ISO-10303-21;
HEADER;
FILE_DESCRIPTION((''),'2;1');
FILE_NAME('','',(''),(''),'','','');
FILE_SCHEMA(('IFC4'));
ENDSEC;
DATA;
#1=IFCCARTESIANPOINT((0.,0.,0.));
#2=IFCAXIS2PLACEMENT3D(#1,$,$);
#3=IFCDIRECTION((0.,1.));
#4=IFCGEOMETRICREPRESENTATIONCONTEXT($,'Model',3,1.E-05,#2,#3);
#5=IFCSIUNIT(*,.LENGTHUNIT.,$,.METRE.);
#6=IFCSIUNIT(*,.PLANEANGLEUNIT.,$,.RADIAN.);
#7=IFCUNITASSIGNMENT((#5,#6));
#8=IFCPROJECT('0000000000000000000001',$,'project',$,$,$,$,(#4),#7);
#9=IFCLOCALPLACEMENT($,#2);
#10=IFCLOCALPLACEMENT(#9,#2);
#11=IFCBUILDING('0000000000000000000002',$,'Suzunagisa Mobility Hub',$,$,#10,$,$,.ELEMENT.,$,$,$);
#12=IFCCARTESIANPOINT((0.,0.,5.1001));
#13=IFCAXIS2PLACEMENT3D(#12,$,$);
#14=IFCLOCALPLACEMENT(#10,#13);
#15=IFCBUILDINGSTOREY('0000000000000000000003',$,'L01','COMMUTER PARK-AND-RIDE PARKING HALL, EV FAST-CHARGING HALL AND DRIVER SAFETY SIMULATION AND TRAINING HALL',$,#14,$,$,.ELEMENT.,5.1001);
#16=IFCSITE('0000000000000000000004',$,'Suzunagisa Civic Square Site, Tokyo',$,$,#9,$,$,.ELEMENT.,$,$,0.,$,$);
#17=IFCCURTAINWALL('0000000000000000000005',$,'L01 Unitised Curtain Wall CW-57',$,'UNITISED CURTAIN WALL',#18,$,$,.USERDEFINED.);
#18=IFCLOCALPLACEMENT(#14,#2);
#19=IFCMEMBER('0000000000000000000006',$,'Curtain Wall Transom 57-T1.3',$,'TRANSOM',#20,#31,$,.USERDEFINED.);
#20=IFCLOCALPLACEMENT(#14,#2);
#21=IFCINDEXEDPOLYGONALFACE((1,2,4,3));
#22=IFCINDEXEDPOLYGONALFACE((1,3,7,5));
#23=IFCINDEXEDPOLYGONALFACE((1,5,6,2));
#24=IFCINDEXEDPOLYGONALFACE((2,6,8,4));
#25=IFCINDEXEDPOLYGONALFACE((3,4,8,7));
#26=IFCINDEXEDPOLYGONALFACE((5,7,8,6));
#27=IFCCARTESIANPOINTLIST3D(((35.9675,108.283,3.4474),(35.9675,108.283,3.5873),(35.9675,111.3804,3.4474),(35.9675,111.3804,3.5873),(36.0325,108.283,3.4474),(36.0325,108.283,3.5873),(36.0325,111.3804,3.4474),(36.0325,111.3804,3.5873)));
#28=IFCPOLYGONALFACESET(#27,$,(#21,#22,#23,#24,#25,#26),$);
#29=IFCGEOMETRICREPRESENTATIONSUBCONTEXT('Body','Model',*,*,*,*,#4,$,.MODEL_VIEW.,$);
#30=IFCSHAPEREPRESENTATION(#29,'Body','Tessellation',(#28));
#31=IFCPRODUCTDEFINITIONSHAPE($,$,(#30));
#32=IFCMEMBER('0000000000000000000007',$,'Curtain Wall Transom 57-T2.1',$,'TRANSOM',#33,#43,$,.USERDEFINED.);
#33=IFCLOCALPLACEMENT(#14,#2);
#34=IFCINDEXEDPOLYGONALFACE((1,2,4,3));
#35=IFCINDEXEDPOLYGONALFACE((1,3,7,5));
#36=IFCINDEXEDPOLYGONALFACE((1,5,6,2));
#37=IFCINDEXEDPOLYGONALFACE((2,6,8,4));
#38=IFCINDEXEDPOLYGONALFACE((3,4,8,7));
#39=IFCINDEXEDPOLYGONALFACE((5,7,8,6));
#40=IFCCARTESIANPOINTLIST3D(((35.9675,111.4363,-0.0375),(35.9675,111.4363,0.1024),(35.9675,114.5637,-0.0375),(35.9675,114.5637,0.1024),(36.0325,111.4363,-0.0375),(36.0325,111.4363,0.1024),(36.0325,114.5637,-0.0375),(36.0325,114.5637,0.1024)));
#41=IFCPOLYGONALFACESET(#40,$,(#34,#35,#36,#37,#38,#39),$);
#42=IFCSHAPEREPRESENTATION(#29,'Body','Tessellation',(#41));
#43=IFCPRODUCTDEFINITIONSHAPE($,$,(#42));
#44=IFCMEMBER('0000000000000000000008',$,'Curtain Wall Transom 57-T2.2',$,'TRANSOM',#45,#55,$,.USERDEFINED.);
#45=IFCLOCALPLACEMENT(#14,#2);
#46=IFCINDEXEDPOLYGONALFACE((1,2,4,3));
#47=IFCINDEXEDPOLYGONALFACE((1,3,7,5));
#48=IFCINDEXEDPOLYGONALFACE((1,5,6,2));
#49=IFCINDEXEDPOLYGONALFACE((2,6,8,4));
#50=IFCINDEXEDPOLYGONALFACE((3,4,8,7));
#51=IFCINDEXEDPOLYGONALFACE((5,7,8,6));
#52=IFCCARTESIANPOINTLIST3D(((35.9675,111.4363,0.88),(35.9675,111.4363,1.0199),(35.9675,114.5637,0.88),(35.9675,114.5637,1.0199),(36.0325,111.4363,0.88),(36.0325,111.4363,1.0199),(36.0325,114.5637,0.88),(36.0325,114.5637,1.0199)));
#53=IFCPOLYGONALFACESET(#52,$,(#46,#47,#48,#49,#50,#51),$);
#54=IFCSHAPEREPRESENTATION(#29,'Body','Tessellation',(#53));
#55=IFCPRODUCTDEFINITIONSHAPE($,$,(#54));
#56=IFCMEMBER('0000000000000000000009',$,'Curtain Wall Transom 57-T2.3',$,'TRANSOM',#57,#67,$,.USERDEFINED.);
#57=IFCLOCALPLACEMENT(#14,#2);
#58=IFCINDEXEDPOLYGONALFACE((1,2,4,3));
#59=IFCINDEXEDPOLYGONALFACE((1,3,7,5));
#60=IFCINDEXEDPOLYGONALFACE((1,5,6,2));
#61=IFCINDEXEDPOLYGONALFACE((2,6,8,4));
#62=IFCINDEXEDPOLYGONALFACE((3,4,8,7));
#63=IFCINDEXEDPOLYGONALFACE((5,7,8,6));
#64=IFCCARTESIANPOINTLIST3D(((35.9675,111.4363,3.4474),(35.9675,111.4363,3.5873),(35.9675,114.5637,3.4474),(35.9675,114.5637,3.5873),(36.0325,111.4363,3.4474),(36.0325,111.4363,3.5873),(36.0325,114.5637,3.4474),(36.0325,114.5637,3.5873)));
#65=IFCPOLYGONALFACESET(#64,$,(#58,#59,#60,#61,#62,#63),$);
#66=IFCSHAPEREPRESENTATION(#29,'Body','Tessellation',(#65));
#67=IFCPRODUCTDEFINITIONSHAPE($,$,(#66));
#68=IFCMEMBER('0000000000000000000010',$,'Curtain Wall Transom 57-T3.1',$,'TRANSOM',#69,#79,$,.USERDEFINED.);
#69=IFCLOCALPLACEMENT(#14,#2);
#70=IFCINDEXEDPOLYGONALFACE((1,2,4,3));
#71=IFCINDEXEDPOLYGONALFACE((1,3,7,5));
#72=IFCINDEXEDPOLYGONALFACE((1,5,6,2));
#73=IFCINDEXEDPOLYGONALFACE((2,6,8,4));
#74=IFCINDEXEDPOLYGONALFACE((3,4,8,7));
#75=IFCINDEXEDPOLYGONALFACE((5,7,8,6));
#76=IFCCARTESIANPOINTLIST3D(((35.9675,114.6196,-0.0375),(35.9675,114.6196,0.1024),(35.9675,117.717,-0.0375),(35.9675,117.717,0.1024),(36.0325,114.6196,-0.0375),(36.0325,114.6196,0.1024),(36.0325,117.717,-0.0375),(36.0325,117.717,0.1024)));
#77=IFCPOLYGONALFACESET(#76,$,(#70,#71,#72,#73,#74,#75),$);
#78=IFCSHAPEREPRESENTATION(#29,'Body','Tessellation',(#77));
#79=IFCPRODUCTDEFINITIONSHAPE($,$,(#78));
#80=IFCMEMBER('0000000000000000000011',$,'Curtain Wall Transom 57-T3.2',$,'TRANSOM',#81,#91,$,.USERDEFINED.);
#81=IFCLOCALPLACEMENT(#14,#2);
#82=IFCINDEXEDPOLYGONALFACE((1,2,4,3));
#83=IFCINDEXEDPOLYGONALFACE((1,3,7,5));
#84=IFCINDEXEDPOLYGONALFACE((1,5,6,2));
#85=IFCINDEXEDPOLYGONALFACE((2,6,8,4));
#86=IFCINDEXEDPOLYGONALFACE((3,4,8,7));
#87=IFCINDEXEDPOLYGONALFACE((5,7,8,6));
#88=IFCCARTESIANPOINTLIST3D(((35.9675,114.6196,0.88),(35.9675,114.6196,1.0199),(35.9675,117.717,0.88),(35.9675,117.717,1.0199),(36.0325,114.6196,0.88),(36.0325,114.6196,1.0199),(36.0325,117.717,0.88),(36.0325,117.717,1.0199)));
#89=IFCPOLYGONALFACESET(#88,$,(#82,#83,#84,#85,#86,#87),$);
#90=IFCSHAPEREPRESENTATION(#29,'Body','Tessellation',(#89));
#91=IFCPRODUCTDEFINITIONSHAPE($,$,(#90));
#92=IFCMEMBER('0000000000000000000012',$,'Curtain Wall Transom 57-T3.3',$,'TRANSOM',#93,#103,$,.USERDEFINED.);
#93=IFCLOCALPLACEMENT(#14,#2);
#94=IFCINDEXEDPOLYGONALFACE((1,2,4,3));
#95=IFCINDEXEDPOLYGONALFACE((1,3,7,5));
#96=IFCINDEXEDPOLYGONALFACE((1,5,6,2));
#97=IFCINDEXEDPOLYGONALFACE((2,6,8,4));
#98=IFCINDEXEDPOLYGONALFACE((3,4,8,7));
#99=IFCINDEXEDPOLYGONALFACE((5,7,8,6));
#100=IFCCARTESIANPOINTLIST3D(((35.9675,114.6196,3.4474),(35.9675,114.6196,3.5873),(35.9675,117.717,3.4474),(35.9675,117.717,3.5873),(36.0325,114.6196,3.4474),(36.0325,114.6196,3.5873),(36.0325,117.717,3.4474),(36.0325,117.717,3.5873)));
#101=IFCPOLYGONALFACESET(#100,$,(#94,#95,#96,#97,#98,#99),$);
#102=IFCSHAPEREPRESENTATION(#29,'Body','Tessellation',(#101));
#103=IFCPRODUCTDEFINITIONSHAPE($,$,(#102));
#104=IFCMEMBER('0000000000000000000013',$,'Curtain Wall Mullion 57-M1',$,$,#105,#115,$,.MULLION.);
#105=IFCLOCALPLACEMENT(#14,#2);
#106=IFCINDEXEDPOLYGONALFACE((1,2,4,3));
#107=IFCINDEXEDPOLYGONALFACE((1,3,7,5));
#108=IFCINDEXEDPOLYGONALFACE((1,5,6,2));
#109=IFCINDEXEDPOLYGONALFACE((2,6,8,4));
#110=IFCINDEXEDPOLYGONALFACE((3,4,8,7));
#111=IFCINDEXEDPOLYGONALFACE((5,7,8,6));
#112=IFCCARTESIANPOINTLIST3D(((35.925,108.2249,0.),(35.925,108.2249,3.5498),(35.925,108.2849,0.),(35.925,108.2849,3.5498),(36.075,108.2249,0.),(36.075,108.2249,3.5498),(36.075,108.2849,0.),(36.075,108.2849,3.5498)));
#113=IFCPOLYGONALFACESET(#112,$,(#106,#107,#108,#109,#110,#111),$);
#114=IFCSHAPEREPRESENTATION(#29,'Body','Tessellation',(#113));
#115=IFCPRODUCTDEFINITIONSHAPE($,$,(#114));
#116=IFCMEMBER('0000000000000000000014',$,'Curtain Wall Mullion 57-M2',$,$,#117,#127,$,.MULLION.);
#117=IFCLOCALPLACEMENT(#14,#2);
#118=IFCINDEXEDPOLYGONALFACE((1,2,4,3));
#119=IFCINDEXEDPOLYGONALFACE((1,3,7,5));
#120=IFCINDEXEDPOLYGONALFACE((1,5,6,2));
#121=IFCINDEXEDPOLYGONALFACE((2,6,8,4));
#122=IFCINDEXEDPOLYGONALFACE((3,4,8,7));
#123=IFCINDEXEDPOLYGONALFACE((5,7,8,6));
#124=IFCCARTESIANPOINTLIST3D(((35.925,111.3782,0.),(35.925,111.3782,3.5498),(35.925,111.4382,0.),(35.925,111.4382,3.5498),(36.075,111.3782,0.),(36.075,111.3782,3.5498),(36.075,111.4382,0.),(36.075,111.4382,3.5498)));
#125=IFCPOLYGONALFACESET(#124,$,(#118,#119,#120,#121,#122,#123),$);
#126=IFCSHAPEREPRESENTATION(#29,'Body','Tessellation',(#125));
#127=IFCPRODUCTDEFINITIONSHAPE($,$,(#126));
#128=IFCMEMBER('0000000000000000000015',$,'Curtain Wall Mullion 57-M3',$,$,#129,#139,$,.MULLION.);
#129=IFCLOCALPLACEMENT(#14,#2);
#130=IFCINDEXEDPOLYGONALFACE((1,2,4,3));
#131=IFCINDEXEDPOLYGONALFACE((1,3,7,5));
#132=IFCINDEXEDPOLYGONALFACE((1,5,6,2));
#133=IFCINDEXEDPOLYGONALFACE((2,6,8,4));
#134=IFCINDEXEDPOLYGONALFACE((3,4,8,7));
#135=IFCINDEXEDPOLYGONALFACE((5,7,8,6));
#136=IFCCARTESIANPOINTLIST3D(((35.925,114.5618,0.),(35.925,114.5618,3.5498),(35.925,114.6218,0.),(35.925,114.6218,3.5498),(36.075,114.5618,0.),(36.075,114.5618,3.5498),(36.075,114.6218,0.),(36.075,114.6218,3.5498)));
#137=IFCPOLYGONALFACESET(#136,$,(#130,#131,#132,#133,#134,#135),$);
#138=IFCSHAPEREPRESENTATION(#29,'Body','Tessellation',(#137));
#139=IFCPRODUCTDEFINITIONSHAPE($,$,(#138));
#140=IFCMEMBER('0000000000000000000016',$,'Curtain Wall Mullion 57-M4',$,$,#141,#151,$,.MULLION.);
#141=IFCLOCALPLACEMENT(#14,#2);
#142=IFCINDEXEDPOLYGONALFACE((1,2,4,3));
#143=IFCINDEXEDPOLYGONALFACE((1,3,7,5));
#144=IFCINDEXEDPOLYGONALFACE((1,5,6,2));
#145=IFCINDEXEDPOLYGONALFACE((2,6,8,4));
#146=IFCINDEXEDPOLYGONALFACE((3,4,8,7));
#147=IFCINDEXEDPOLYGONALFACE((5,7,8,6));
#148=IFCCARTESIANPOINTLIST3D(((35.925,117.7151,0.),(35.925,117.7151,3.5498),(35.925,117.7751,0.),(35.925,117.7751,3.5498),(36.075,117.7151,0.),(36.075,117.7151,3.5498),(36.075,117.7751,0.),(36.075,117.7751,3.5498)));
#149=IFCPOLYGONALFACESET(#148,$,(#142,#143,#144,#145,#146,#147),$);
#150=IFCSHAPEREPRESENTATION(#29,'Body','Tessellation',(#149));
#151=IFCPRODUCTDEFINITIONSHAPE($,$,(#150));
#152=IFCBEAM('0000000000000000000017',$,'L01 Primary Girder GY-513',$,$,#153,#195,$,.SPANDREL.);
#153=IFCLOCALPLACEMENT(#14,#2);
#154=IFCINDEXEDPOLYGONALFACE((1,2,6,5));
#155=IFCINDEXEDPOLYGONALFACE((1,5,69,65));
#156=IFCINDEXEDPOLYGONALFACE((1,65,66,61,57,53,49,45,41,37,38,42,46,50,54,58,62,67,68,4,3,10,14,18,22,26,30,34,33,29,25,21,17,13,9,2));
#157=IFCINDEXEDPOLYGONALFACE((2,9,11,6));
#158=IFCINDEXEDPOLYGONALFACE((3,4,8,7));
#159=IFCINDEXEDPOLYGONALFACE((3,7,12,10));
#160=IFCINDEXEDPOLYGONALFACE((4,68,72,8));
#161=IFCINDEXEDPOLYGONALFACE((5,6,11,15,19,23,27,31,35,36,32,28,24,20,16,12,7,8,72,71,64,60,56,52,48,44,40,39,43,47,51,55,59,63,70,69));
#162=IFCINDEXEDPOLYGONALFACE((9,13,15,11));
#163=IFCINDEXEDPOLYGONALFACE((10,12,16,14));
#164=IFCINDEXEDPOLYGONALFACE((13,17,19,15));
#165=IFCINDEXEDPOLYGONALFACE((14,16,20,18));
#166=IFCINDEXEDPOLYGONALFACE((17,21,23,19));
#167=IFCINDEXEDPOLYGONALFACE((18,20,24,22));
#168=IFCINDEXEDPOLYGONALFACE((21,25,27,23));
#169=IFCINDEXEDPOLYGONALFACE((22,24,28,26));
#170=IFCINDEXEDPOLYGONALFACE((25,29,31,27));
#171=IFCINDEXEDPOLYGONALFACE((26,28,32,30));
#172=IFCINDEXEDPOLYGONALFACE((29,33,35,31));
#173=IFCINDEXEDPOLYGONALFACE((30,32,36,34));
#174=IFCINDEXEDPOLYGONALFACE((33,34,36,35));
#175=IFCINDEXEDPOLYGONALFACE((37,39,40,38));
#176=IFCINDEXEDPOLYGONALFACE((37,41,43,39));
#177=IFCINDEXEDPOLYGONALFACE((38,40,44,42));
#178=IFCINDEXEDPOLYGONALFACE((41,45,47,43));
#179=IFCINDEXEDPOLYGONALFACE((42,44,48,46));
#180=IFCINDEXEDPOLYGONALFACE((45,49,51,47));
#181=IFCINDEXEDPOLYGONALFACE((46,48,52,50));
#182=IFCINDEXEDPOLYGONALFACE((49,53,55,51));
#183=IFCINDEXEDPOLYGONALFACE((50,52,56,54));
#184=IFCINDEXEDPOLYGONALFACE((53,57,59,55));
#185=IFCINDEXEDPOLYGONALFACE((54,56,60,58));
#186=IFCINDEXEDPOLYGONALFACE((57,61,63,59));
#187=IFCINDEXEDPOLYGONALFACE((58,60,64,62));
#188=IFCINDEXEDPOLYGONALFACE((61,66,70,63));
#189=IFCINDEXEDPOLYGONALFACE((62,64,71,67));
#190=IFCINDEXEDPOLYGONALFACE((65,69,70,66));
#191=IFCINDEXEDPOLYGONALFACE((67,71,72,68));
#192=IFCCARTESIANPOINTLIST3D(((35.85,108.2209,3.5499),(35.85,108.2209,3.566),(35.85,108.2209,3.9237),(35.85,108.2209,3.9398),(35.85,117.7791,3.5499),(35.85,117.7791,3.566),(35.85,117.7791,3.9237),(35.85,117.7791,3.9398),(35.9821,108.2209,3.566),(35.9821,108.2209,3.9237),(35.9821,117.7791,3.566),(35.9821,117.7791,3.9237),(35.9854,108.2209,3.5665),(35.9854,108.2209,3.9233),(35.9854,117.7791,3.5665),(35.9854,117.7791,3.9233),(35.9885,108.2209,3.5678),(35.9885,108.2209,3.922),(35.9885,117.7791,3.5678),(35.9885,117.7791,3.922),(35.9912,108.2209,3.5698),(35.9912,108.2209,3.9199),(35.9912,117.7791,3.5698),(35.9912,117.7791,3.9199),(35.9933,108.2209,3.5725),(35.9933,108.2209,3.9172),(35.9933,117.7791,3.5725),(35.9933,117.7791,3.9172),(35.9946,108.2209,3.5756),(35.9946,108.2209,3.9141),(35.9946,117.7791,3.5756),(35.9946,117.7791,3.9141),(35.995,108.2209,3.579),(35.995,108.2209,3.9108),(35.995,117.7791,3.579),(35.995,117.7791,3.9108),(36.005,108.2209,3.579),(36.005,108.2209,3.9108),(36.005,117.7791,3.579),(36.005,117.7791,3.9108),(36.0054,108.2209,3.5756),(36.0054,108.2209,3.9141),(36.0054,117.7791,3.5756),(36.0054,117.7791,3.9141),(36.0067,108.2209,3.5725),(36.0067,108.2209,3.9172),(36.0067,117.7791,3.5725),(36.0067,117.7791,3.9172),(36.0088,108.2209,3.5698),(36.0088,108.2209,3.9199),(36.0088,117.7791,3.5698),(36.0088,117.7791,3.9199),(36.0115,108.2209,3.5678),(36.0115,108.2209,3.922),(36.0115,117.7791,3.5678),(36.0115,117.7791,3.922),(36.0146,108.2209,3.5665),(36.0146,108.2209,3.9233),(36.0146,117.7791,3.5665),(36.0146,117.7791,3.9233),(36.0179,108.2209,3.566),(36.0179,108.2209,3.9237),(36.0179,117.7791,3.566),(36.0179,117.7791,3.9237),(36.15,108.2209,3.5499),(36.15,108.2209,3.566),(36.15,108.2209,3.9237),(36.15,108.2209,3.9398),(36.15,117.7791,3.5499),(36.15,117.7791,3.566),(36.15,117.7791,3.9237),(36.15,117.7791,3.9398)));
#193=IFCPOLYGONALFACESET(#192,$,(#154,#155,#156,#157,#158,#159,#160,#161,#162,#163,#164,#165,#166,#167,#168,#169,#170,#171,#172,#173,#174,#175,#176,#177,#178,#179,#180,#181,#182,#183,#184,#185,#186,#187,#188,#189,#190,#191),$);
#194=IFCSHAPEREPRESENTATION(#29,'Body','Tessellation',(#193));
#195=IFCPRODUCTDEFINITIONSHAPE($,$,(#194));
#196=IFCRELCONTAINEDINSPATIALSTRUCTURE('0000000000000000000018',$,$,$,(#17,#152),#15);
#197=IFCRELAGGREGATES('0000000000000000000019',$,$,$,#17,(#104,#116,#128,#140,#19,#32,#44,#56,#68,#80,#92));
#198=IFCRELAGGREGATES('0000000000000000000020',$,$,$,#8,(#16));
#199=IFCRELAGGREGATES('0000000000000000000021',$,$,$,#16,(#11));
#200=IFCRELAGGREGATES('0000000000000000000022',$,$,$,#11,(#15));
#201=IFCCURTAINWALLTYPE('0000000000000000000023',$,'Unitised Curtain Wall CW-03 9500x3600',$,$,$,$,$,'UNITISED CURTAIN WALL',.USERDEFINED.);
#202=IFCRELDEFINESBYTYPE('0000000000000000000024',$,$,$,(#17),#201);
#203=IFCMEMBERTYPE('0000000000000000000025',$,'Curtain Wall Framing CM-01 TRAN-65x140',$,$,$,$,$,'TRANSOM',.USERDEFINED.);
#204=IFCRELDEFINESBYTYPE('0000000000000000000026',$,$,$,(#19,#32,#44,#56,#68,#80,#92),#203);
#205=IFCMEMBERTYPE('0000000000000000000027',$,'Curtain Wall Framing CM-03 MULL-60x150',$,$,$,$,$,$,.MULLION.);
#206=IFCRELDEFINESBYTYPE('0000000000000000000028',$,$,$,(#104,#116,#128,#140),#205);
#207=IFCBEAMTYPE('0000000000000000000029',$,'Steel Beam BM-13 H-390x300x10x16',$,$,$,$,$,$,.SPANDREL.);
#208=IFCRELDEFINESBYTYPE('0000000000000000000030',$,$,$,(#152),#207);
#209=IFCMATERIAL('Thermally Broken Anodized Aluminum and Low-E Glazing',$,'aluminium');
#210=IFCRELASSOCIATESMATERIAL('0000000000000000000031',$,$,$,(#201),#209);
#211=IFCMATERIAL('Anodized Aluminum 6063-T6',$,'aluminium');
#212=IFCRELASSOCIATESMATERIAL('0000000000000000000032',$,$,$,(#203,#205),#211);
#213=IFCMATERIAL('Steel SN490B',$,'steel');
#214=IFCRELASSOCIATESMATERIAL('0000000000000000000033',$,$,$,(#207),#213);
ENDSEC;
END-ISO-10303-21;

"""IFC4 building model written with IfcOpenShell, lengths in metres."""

from ifc_helpers import new_model, si_unit, direction, frame, origin, origin_2d, place, context, subcontext, project, spatial, rectangle, i_section, extrude, material, material_profile, profile_set, type_object, element, aggregate, save


model = new_model("IFC4")

# Units and contexts
model_context = context("Model", 3, precision=1e-05, world=origin(), true_north=direction((0.0, 1.0)))
body_context = subcontext(model_context, "Body", "Model", "MODEL_VIEW")
ifc_project = project(units=[si_unit("LENGTHUNIT", "METRE"), si_unit("PLANEANGLEUNIT", "RADIAN")], contexts=[model_context])

# Site, building, storey
site_placement = place(None, origin())
site = spatial("IfcSite", under=ifc_project, at=site_placement, Name="Suzunagisa Civic Square Site, Tokyo", CompositionType="ELEMENT", RefElevation=0.0)
building_placement = place(site_placement, origin())
building = spatial("IfcBuilding", under=site, at=building_placement, Name="Suzunagisa Mobility Hub", CompositionType="ELEMENT")
storey_placement = place(building_placement, frame((0.0, 0.0, 5.1001)))
storey = spatial("IfcBuildingStorey", under=building, at=storey_placement, Name="L01", Description="COMMUTER PARK-AND-RIDE PARKING HALL, EV FAST-CHARGING HALL AND DRIVER SAFETY SIMULATION AND TRAINING HALL", CompositionType="ELEMENT", Elevation=5.1001)

# Shared definitions
ifc_material_1 = material(Name="Steel SN490B", Category="steel")

# Curtain wall, members
ifc_material_2 = material(Name="Thermally Broken Anodized Aluminum and Low-E Glazing", Category="aluminium")
curtain_wall_type = type_object("IfcCurtainWallType", Name="Unitised Curtain Wall CW-03 9500x3600", ElementType="UNITISED CURTAIN WALL", PredefinedType="USERDEFINED", material=ifc_material_2)
curtain_wall_placement = place(storey_placement, origin())
curtain_wall = element("IfcCurtainWall", 1, at=curtain_wall_placement, inside=storey, type_object=curtain_wall_type, Name="L01 Unitised Curtain Wall CW-57", ObjectType="UNITISED CURTAIN WALL", PredefinedType="USERDEFINED")
ifc_material_3 = material(Name="Anodized Aluminum 6063-T6", Category="aluminium")
ifc_material_profile_1 = material_profile(ifc_material_3, rectangle(XDim=0.0649, YDim=0.1399, at=origin_2d()), Name="TRAN-65x140")
ifc_profile_set_1 = profile_set([ifc_material_profile_1], Name="Anodized Aluminum 6063-T6")
member_type_1 = type_object("IfcMemberType", Name="Curtain Wall Framing CM-01 TRAN-65x140", ElementType="TRANSOM", PredefinedType="USERDEFINED", material=ifc_profile_set_1)
member_1_placement = place(storey_placement, frame((36.0, 108.283, 3.5173), z_axis=(0.0, 1.0, 0.0), x_axis=(-1.0, 0.0, 0.0)))
member_1 = element("IfcMember", 2, at=member_1_placement, type_object=member_type_1, Name="Curtain Wall Transom 57-T1.3", ObjectType="TRANSOM", PredefinedType="USERDEFINED", context=body_context, shape_type="SweptSolid", body=[
    extrude(rectangle(XDim=0.0649, YDim=0.1399, at=origin_2d()), origin(), (0.0, 0.0, 1.0), 3.0974),
])
member_2_placement = place(storey_placement, frame((36.0, 111.4363, 0.0325), z_axis=(0.0, 1.0, 0.0), x_axis=(-1.0, 0.0, 0.0)))
member_2 = element("IfcMember", 3, at=member_2_placement, type_object=member_type_1, Name="Curtain Wall Transom 57-T2.1", ObjectType="TRANSOM", PredefinedType="USERDEFINED", context=body_context, shape_type="SweptSolid", body=[
    extrude(rectangle(XDim=0.0649, YDim=0.1399, at=origin_2d()), origin(), (0.0, 0.0, 1.0), 3.1274),
])
member_3_placement = place(storey_placement, frame((36.0, 111.4363, 0.95), z_axis=(0.0, 1.0, 0.0), x_axis=(-1.0, 0.0, 0.0)))
member_3 = element("IfcMember", 4, at=member_3_placement, type_object=member_type_1, Name="Curtain Wall Transom 57-T2.2", ObjectType="TRANSOM", PredefinedType="USERDEFINED", context=body_context, shape_type="SweptSolid", body=[
    extrude(rectangle(XDim=0.0649, YDim=0.1399, at=origin_2d()), origin(), (0.0, 0.0, 1.0), 3.1274),
])
member_4_placement = place(storey_placement, frame((36.0, 111.4363, 3.5173), z_axis=(0.0, 1.0, 0.0), x_axis=(-1.0, 0.0, 0.0)))
member_4 = element("IfcMember", 5, at=member_4_placement, type_object=member_type_1, Name="Curtain Wall Transom 57-T2.3", ObjectType="TRANSOM", PredefinedType="USERDEFINED", context=body_context, shape_type="SweptSolid", body=[
    extrude(rectangle(XDim=0.0649, YDim=0.1399, at=origin_2d()), origin(), (0.0, 0.0, 1.0), 3.1274),
])
member_5_placement = place(storey_placement, frame((36.0, 114.6196, 0.0325), z_axis=(0.0, 1.0, 0.0), x_axis=(-1.0, 0.0, 0.0)))
member_5 = element("IfcMember", 6, at=member_5_placement, type_object=member_type_1, Name="Curtain Wall Transom 57-T3.1", ObjectType="TRANSOM", PredefinedType="USERDEFINED", context=body_context, shape_type="SweptSolid", body=[
    extrude(rectangle(XDim=0.0649, YDim=0.1399, at=origin_2d()), origin(), (0.0, 0.0, 1.0), 3.0974),
])
member_6_placement = place(storey_placement, frame((36.0, 114.6196, 0.95), z_axis=(0.0, 1.0, 0.0), x_axis=(-1.0, 0.0, 0.0)))
member_6 = element("IfcMember", 7, at=member_6_placement, type_object=member_type_1, Name="Curtain Wall Transom 57-T3.2", ObjectType="TRANSOM", PredefinedType="USERDEFINED", context=body_context, shape_type="SweptSolid", body=[
    extrude(rectangle(XDim=0.0649, YDim=0.1399, at=origin_2d()), origin(), (0.0, 0.0, 1.0), 3.0974),
])
member_7_placement = place(storey_placement, frame((36.0, 114.6196, 3.5173), z_axis=(0.0, 1.0, 0.0), x_axis=(-1.0, 0.0, 0.0)))
member_7 = element("IfcMember", 8, at=member_7_placement, type_object=member_type_1, Name="Curtain Wall Transom 57-T3.3", ObjectType="TRANSOM", PredefinedType="USERDEFINED", context=body_context, shape_type="SweptSolid", body=[
    extrude(rectangle(XDim=0.0649, YDim=0.1399, at=origin_2d()), origin(), (0.0, 0.0, 1.0), 3.0974),
])
ifc_material_profile_2 = material_profile(ifc_material_3, rectangle(XDim=0.0601, YDim=0.1499, at=origin_2d()), Name="MULL-60x150")
ifc_profile_set_2 = profile_set([ifc_material_profile_2], Name="Anodized Aluminum 6063-T6")
member_type_2 = type_object("IfcMemberType", Name="Curtain Wall Framing CM-03 MULL-60x150", PredefinedType="MULLION", material=ifc_profile_set_2)
member_8_placement = place(storey_placement, frame((36.0, 108.2549, 0.0), z_axis=(0.0, 0.0, 1.0), x_axis=(0.0, 1.0, 0.0)))
member_8 = element("IfcMember", 9, at=member_8_placement, type_object=member_type_2, Name="Curtain Wall Mullion 57-M1", PredefinedType="MULLION", context=body_context, shape_type="SweptSolid", body=[
    extrude(rectangle(XDim=0.0601, YDim=0.1499, at=origin_2d()), origin(), (0.0, 0.0, 1.0), 3.5498),
])
member_9_placement = place(storey_placement, frame((36.0, 111.4082, 0.0), z_axis=(0.0, 0.0, 1.0), x_axis=(0.0, 1.0, 0.0)))
member_9 = element("IfcMember", 10, at=member_9_placement, type_object=member_type_2, Name="Curtain Wall Mullion 57-M2", PredefinedType="MULLION", context=body_context, shape_type="SweptSolid", body=[
    extrude(rectangle(XDim=0.0601, YDim=0.1499, at=origin_2d()), origin(), (0.0, 0.0, 1.0), 3.5498),
])
member_10_placement = place(storey_placement, frame((36.0, 114.5918, 0.0), z_axis=(0.0, 0.0, 1.0), x_axis=(0.0, 1.0, 0.0)))
member_10 = element("IfcMember", 11, at=member_10_placement, type_object=member_type_2, Name="Curtain Wall Mullion 57-M3", PredefinedType="MULLION", context=body_context, shape_type="SweptSolid", body=[
    extrude(rectangle(XDim=0.0601, YDim=0.1499, at=origin_2d()), origin(), (0.0, 0.0, 1.0), 3.5498),
])
member_11_placement = place(storey_placement, frame((36.0, 117.7451, 0.0), z_axis=(0.0, 0.0, 1.0), x_axis=(0.0, 1.0, 0.0)))
member_11 = element("IfcMember", 12, at=member_11_placement, type_object=member_type_2, Name="Curtain Wall Mullion 57-M4", PredefinedType="MULLION", context=body_context, shape_type="SweptSolid", body=[
    extrude(rectangle(XDim=0.0601, YDim=0.1499, at=origin_2d()), origin(), (0.0, 0.0, 1.0), 3.5498),
])

# Beam
ifc_material_profile_3 = material_profile(ifc_material_1, i_section(OverallWidth=0.3, OverallDepth=0.3899, WebThickness=0.01, FlangeThickness=0.0161, FilletRadius=0.0129, at=origin_2d()), Name="H-390x300x10x16")
ifc_profile_set_3 = profile_set([ifc_material_profile_3], Name="Steel SN490B")
beam_type = type_object("IfcBeamType", Name="Steel Beam BM-13 H-390x300x10x16", PredefinedType="SPANDREL", material=ifc_profile_set_3)
for number, where, z_axis, x_axis, name in (
    (13, (36.0, 108.2209, 3.7449), (0.0, 1.0, 0.0), (-1.0, 0.0, 0.0), "L01 Primary Girder GY-513"),
):
    element("IfcBeam", number, at=place(storey_placement, frame(where, z_axis=z_axis, x_axis=x_axis)), inside=storey, type_object=beam_type, Name=name, PredefinedType="SPANDREL", context=body_context, shape_type="SweptSolid", body=[
        extrude(i_section(OverallWidth=0.3, OverallDepth=0.3899, WebThickness=0.01, FlangeThickness=0.0161, FilletRadius=0.0129, at=origin_2d()), origin(), (0.0, 0.0, 1.0), 9.5581),
    ])

aggregate(curtain_wall, [member_8, member_9, member_10, member_11, member_1, member_2, member_3, member_4, member_5, member_6, member_7])

save(model, "model.ifc")
